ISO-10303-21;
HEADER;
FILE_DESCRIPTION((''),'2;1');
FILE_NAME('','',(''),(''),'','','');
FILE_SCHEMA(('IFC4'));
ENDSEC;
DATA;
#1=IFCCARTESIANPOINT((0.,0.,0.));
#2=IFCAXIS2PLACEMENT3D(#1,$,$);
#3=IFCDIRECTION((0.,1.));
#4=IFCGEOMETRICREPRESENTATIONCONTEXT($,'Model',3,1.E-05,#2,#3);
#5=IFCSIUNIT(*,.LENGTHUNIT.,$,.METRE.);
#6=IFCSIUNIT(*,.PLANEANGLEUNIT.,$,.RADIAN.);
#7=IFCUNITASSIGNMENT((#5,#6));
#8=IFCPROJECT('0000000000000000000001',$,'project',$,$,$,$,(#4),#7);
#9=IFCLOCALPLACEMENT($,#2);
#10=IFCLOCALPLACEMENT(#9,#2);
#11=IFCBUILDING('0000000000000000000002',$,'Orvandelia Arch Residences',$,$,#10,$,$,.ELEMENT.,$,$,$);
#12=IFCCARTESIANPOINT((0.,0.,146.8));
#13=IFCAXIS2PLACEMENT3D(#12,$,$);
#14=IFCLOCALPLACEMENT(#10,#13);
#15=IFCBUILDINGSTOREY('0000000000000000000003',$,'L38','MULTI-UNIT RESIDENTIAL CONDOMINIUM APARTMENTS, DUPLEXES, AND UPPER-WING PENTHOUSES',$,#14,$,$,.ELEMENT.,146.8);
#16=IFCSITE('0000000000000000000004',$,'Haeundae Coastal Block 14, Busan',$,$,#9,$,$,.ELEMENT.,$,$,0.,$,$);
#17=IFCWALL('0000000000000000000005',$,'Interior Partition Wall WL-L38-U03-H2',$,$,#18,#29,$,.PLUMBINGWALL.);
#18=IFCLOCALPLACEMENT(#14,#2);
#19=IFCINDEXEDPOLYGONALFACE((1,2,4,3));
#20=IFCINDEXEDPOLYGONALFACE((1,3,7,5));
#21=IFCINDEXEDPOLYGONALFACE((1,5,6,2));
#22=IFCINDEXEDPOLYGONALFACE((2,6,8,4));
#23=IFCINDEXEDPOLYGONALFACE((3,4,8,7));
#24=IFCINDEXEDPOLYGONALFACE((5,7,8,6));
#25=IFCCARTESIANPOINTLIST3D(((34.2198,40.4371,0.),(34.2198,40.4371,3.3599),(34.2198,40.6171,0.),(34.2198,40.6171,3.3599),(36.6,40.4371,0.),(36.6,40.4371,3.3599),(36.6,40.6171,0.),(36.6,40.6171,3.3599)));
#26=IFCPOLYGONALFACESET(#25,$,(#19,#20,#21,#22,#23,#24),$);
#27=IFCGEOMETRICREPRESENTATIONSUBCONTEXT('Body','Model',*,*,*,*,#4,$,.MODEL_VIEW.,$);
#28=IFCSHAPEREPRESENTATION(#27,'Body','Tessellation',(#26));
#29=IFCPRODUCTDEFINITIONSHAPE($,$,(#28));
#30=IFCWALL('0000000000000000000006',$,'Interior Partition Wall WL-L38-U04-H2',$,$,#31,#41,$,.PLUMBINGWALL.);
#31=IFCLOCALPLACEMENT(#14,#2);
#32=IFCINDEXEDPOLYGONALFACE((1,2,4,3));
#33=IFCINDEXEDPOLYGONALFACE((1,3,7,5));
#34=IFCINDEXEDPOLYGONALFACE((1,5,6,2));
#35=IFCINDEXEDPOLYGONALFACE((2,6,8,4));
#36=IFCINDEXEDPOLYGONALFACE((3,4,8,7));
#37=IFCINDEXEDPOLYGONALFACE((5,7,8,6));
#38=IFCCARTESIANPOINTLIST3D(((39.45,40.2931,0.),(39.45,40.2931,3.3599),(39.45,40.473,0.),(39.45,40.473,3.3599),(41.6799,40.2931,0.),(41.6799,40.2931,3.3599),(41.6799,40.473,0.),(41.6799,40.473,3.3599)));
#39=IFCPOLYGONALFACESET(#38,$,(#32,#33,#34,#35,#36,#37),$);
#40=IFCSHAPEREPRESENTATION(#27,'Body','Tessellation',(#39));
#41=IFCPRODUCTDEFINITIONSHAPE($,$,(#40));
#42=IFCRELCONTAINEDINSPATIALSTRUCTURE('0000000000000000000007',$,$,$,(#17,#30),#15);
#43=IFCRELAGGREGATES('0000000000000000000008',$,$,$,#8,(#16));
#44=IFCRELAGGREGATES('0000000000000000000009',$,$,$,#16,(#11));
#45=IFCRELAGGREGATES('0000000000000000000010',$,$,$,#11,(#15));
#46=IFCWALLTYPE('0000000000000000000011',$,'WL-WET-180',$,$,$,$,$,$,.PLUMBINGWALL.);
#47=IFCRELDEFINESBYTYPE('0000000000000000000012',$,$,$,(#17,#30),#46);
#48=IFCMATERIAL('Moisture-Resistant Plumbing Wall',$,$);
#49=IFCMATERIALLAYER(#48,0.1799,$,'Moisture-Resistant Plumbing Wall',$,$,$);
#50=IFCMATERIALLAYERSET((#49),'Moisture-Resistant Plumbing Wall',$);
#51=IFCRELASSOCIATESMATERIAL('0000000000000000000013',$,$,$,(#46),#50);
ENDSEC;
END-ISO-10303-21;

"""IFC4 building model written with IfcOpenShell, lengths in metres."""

from ifc_helpers import new_model, si_unit, direction, frame, frame_2d, origin, place, context, subcontext, project, spatial, rectangle, extrude, material, layer, layer_set, type_object, element, save


model = new_model("IFC4")

# Units and contexts
model_context = context("Model", 3, precision=1e-05, world=origin(), true_north=direction((0.0, 1.0)))
body_context = subcontext(model_context, "Body", "Model", "MODEL_VIEW")
ifc_project = project(units=[si_unit("LENGTHUNIT", "METRE"), si_unit("PLANEANGLEUNIT", "RADIAN")], contexts=[model_context])

# Site, building, storey
site_placement = place(None, origin())
site = spatial("IfcSite", under=ifc_project, at=site_placement, Name="Haeundae Coastal Block 14, Busan", CompositionType="ELEMENT", RefElevation=0.0)
building_placement = place(site_placement, origin())
building = spatial("IfcBuilding", under=site, at=building_placement, Name="Orvandelia Arch Residences", CompositionType="ELEMENT")
storey_placement = place(building_placement, frame((0.0, 0.0, 146.8)))
storey = spatial("IfcBuildingStorey", under=building, at=storey_placement, Name="L38", Description="MULTI-UNIT RESIDENTIAL CONDOMINIUM APARTMENTS, DUPLEXES, AND UPPER-WING PENTHOUSES", CompositionType="ELEMENT", Elevation=146.8)

# Walls
ifc_material_1 = material(Name="Moisture-Resistant Plumbing Wall")
ifc_layer_1 = layer(ifc_material_1, 0.1799, Name="Moisture-Resistant Plumbing Wall")
ifc_layer_set_1 = layer_set([ifc_layer_1], Name="Moisture-Resistant Plumbing Wall")
wall_type_1 = type_object("IfcWallType", Name="WL-WET-180", PredefinedType="PLUMBINGWALL", material=ifc_layer_set_1)
wall_1_placement = place(storey_placement, frame((34.22, 40.5271, 0.0), z_axis=(0.0, 0.0, 1.0), x_axis=(1.0, 0.0, 0.0)))
element("IfcWall", 1, at=wall_1_placement, inside=storey, type_object=wall_type_1, Name="Interior Partition Wall WL-L38-U03-H2", PredefinedType="PLUMBINGWALL", context=body_context, shape_type="SweptSolid", body=[
    extrude(rectangle(XDim=2.3801, YDim=0.1799, at=frame_2d((1.1899, 0.0))), origin(), (0.0, 0.0, 1.0), 3.3599),
])
wall_2_placement = place(storey_placement, frame((39.45, 40.3831, 0.0), z_axis=(0.0, 0.0, 1.0), x_axis=(1.0, 0.0, 0.0)))
element("IfcWall", 2, at=wall_2_placement, inside=storey, type_object=wall_type_1, Name="Interior Partition Wall WL-L38-U04-H2", PredefinedType="PLUMBINGWALL", context=body_context, shape_type="SweptSolid", body=[
    extrude(rectangle(XDim=2.23, YDim=0.1799, at=frame_2d((1.115, 0.0))), origin(), (0.0, 0.0, 1.0), 3.3599),
])

save(model, "model.ifc")
